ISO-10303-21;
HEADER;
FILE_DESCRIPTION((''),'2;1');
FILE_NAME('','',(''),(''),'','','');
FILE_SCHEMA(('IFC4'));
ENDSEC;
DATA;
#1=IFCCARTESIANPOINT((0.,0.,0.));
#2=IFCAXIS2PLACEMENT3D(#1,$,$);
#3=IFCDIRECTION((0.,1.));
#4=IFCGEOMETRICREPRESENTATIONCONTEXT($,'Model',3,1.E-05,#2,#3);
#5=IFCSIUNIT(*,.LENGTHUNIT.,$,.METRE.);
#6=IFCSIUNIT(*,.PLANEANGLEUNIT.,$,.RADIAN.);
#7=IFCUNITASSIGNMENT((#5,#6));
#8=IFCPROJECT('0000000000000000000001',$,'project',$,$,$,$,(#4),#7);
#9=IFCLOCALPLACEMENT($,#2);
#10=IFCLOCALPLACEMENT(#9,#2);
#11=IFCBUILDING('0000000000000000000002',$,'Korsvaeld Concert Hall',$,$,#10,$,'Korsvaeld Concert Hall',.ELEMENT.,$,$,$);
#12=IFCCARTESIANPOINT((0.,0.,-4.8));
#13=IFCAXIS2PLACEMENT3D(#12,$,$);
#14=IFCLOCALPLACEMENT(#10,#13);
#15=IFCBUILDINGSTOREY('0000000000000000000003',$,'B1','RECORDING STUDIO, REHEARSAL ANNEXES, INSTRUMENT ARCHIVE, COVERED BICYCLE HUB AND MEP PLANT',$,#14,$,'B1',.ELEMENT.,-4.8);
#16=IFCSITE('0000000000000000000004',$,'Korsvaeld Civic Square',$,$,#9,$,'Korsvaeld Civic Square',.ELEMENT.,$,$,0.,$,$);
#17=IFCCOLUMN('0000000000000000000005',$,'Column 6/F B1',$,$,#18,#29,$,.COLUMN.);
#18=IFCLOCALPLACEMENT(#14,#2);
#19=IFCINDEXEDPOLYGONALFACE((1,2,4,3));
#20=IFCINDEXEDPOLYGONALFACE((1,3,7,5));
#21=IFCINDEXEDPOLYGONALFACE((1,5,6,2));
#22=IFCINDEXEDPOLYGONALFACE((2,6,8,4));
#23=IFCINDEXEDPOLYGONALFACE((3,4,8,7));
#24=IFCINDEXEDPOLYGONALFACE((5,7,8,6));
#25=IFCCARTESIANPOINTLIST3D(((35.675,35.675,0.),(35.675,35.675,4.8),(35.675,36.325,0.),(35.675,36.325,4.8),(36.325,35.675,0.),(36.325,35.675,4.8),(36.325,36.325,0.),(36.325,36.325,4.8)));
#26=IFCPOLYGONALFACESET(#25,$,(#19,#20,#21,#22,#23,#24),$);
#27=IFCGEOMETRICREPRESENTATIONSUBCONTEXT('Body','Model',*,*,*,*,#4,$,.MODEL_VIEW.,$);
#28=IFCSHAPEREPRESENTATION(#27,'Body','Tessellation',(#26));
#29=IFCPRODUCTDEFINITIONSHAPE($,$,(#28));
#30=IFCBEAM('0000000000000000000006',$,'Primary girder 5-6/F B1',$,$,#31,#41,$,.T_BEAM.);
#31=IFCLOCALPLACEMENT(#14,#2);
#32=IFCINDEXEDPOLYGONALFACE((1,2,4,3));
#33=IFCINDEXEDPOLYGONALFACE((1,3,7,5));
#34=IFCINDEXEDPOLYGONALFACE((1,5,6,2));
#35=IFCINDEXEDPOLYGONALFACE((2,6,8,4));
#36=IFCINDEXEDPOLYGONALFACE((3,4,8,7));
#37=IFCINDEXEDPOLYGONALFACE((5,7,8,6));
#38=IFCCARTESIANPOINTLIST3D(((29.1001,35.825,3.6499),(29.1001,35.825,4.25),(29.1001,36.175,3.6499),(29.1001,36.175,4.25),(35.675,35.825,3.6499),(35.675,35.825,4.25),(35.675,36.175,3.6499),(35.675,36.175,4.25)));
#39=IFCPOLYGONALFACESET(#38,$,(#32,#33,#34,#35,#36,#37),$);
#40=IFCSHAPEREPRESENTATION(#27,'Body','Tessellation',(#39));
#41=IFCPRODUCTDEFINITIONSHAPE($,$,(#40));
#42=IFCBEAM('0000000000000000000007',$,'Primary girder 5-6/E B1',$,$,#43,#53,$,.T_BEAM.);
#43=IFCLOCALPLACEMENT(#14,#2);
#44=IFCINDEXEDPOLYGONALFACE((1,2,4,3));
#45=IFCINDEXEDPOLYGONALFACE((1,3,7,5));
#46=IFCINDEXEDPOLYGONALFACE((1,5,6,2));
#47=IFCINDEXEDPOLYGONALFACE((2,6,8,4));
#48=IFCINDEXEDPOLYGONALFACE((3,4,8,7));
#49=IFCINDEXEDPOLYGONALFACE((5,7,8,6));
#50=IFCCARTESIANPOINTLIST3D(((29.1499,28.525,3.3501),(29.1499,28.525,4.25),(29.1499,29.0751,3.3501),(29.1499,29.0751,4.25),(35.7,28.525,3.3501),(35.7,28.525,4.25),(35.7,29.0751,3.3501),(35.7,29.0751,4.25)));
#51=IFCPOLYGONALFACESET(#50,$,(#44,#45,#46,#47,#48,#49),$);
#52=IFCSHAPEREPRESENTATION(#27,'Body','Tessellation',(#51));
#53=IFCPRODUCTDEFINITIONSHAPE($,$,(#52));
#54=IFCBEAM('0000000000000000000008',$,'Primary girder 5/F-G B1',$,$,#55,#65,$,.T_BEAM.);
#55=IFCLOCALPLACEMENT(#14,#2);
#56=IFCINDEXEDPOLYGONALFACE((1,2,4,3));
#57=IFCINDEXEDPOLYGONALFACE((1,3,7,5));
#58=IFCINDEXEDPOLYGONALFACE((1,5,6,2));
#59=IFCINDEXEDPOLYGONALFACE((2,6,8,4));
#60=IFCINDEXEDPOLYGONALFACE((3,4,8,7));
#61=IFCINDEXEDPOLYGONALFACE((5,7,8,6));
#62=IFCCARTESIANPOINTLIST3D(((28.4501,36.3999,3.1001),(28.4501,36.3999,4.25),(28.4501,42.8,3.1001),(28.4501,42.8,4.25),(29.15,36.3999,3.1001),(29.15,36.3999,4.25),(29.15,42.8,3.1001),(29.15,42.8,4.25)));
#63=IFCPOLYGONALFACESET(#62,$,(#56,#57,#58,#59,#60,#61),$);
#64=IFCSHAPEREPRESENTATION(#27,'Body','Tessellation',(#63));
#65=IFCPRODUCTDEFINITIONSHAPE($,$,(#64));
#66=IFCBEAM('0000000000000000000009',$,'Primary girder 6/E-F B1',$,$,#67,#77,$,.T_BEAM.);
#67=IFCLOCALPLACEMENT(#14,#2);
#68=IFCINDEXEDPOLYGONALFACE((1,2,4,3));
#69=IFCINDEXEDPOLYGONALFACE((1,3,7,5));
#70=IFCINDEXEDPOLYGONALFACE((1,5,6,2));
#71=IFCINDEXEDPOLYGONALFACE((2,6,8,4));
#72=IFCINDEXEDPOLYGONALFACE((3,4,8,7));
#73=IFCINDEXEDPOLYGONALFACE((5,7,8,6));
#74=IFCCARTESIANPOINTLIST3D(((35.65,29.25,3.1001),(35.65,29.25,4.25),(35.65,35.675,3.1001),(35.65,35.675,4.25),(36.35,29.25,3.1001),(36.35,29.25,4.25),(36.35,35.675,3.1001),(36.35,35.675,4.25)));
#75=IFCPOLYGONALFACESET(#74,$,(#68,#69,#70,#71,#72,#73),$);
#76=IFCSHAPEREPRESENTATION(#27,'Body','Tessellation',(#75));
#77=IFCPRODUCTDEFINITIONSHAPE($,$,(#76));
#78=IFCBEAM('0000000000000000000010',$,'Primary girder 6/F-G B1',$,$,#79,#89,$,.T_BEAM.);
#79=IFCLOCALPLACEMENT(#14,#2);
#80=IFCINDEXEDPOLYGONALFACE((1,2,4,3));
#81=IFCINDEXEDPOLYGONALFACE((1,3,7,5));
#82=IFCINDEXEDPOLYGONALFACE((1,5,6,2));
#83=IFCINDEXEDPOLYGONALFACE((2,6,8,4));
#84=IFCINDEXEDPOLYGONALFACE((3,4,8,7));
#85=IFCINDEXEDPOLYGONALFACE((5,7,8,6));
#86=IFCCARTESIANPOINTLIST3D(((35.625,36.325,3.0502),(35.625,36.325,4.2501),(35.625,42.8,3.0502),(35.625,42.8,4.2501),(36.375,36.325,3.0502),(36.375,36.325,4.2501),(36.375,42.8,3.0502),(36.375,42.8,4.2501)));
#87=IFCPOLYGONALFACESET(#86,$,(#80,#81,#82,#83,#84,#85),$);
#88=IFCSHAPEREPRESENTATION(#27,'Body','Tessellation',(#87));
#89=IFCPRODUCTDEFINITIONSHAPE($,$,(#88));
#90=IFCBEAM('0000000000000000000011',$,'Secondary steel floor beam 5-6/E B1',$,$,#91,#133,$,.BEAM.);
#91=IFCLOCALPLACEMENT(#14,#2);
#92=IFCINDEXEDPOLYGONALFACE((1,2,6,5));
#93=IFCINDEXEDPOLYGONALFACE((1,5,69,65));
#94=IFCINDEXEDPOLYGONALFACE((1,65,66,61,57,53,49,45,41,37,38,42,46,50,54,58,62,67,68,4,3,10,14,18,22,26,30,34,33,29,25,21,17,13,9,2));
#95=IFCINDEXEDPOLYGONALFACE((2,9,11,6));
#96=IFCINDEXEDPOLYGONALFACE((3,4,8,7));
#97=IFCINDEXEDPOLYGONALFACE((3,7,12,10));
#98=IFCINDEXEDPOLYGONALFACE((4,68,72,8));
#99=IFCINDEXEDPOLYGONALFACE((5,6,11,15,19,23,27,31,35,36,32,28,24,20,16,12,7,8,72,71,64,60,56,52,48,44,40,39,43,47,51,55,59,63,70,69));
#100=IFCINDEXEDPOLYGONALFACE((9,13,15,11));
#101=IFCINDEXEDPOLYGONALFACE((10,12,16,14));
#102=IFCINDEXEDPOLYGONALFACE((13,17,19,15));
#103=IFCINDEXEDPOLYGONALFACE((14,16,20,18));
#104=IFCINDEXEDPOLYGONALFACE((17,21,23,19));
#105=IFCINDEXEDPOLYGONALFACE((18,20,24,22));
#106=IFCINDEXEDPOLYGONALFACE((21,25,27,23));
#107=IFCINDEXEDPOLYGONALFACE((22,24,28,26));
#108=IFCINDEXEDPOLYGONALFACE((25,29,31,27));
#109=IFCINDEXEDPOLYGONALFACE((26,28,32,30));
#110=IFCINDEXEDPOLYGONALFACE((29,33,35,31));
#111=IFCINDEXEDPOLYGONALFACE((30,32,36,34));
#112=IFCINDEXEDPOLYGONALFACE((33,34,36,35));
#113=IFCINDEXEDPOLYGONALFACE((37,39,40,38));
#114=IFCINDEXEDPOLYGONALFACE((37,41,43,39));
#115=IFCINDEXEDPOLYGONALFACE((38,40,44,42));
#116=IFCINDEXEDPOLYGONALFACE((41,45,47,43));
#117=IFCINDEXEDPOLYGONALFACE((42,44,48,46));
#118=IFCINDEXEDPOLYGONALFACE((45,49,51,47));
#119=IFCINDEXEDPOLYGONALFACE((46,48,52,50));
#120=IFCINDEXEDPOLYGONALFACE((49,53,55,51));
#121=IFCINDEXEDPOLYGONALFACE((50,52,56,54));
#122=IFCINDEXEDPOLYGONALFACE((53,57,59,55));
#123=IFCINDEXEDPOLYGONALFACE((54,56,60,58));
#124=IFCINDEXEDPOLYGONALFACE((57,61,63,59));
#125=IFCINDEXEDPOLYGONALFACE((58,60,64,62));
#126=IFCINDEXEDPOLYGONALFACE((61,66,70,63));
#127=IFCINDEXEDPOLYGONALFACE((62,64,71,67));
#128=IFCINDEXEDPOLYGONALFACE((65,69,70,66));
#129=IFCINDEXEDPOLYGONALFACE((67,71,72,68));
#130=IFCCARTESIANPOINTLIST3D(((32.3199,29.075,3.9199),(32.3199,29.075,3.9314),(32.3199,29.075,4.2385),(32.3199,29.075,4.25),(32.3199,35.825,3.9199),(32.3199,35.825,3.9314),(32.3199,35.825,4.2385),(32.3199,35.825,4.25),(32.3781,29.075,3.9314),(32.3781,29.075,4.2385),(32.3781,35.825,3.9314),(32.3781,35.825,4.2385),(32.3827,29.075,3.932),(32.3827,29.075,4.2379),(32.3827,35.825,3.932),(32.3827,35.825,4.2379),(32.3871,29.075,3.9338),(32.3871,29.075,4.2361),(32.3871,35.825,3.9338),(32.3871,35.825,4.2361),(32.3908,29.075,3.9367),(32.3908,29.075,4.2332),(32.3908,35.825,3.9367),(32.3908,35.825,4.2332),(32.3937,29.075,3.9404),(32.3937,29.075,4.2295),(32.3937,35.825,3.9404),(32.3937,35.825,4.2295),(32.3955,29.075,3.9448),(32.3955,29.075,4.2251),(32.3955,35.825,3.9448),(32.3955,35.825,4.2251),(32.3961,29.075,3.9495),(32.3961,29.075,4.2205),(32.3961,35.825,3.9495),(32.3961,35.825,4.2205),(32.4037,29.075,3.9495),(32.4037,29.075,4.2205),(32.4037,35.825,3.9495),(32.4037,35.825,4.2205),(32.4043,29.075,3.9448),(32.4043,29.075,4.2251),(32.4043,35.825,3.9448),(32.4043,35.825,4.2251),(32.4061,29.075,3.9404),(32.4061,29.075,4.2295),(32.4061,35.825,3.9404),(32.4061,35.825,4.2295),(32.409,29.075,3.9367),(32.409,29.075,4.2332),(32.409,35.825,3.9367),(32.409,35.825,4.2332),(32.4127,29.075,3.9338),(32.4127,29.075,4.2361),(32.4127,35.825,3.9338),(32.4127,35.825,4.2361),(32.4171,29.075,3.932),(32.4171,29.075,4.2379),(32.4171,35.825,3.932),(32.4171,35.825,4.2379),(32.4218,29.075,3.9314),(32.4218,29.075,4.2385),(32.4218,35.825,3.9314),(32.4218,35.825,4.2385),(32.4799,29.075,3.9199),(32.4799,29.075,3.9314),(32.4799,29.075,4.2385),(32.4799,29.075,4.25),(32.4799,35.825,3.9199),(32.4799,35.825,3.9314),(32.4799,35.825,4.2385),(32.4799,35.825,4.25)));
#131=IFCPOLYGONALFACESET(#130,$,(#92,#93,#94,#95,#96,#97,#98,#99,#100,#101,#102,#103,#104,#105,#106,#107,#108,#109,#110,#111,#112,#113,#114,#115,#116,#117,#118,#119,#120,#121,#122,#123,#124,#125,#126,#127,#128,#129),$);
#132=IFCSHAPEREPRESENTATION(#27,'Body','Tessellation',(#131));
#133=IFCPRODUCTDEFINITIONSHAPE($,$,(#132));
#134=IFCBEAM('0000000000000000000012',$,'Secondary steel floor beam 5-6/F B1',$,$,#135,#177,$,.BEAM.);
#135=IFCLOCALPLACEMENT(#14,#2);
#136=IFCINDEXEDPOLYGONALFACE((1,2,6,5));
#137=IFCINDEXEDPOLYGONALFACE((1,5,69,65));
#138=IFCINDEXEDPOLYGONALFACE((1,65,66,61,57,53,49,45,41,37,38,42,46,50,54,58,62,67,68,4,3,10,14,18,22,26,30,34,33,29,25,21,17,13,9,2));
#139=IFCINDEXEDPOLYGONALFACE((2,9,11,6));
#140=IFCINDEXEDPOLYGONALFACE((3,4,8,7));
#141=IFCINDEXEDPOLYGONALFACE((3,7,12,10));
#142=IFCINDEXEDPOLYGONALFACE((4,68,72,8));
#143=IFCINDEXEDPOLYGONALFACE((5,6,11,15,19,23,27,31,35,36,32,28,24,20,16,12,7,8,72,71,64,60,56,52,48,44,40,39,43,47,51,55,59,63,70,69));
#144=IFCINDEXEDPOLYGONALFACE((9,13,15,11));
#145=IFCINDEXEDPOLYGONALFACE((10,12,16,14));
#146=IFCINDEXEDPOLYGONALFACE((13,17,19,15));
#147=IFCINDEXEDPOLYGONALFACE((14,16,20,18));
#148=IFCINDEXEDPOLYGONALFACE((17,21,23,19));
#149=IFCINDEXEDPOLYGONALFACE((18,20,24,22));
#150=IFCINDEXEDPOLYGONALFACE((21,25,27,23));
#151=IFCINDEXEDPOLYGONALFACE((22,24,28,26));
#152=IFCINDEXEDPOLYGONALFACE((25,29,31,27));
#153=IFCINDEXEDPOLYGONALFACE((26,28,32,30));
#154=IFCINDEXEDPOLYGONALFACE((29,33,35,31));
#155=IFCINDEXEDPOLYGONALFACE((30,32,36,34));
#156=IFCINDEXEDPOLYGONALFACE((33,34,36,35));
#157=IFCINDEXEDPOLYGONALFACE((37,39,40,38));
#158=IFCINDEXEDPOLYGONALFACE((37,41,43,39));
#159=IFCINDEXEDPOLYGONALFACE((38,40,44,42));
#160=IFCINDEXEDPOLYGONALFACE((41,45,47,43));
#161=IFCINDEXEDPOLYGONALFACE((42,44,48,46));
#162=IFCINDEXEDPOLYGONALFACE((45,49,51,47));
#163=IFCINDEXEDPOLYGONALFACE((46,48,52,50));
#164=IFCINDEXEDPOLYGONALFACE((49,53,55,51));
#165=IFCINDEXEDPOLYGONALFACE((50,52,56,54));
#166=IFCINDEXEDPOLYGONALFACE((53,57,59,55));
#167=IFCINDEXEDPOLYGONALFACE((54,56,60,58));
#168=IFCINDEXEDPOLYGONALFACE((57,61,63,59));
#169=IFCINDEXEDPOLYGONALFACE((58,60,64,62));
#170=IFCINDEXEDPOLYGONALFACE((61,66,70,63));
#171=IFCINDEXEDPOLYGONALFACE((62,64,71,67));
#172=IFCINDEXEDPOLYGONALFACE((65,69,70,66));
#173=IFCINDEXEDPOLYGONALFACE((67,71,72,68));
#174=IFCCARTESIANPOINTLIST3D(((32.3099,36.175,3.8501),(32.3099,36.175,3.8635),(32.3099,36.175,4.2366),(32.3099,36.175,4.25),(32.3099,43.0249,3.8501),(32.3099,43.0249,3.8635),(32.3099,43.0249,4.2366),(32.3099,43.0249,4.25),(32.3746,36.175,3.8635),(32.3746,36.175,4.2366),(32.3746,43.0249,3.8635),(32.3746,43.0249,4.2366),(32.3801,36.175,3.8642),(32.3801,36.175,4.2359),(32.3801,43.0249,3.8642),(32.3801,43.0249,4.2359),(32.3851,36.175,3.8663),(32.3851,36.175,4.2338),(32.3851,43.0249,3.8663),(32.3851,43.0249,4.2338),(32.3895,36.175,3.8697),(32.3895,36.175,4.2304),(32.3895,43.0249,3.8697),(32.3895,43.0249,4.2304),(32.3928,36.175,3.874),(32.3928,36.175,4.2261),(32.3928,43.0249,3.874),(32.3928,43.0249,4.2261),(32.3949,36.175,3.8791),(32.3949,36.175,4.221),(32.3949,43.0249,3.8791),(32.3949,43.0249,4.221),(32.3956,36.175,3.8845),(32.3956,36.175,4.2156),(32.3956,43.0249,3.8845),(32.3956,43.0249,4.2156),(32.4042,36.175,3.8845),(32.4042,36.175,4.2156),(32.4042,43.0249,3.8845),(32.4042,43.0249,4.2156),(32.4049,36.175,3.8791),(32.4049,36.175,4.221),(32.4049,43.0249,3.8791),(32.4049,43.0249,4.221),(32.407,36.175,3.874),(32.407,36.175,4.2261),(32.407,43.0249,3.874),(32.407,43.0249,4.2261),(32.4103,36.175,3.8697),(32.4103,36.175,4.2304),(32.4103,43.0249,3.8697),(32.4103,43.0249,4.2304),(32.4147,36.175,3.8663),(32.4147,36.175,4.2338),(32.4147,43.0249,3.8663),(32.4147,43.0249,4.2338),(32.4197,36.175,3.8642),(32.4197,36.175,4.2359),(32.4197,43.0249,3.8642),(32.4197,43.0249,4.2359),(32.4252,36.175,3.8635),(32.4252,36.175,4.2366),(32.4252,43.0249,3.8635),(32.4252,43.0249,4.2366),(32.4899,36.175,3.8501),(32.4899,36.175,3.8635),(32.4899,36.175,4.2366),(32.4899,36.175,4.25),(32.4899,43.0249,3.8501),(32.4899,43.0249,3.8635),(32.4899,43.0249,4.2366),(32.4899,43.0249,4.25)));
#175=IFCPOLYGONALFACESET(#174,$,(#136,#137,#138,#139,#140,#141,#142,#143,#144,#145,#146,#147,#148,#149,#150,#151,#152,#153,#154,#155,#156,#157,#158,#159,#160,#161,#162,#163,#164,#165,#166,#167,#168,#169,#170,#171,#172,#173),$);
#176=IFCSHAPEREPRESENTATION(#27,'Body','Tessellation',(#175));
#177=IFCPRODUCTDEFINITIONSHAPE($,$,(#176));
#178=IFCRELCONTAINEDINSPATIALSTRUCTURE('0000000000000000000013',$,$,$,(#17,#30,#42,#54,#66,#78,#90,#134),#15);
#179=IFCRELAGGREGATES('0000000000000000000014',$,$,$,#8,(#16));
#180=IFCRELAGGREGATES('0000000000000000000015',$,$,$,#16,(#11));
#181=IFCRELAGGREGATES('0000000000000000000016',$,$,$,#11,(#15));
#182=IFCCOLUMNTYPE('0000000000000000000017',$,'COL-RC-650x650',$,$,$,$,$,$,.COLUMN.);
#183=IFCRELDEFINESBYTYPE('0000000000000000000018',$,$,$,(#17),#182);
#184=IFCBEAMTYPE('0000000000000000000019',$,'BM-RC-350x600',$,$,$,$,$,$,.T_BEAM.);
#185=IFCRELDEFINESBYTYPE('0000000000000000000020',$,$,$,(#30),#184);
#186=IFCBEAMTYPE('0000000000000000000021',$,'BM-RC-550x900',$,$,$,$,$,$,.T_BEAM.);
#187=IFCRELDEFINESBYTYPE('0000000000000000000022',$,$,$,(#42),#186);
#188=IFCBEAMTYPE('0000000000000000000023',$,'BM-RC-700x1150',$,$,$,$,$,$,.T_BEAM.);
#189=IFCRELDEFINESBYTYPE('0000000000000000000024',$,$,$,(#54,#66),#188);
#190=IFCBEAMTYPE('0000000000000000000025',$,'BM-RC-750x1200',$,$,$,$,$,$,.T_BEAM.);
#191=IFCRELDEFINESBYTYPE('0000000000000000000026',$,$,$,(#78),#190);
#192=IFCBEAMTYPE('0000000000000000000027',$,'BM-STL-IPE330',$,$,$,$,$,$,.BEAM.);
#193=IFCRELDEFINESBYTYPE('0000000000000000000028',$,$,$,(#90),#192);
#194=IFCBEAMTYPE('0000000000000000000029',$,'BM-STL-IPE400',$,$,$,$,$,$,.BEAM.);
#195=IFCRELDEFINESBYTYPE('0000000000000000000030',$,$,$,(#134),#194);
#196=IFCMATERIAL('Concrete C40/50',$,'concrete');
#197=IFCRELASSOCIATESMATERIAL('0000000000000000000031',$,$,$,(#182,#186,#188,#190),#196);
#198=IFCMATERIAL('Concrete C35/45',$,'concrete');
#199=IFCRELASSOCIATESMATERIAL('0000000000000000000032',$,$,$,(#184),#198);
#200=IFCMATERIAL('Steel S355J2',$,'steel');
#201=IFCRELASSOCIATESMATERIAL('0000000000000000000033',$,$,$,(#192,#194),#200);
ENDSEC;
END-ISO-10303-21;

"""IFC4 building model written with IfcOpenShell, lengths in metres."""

from ifc_helpers import new_model, si_unit, direction, frame, origin, origin_2d, place, context, subcontext, project, spatial, rectangle, i_section, extrude, material, material_profile, profile_set, type_object, element, save


model = new_model("IFC4")

# Units and contexts
model_context = context("Model", 3, precision=1e-05, world=origin(), true_north=direction((0.0, 1.0)))
body_context = subcontext(model_context, "Body", "Model", "MODEL_VIEW")
ifc_project = project(units=[si_unit("LENGTHUNIT", "METRE"), si_unit("PLANEANGLEUNIT", "RADIAN")], contexts=[model_context])

# Site, building, storey
site_placement = place(None, origin())
site = spatial("IfcSite", under=ifc_project, at=site_placement, Name="Korsvaeld Civic Square", LongName="Korsvaeld Civic Square", CompositionType="ELEMENT", RefElevation=0.0)
building_placement = place(site_placement, origin())
building = spatial("IfcBuilding", under=site, at=building_placement, Name="Korsvaeld Concert Hall", LongName="Korsvaeld Concert Hall", CompositionType="ELEMENT")
storey_placement = place(building_placement, frame((0.0, 0.0, -4.8)))
storey = spatial("IfcBuildingStorey", under=building, at=storey_placement, Name="B1", Description="RECORDING STUDIO, REHEARSAL ANNEXES, INSTRUMENT ARCHIVE, COVERED BICYCLE HUB AND MEP PLANT", LongName="B1", CompositionType="ELEMENT", Elevation=-4.8)

# Shared definitions
ifc_material_1 = material(Name="Concrete C35/45", Category="concrete")

# Column
ifc_material_2 = material(Name="Concrete C40/50", Category="concrete")
ifc_material_profile_1 = material_profile(ifc_material_2, rectangle(XDim=0.6499, YDim=0.6499, at=origin_2d()), Name="RC 650x650")
ifc_profile_set_1 = profile_set([ifc_material_profile_1], Name="Concrete C40/50")
column_type_1 = type_object("IfcColumnType", Name="COL-RC-650x650", PredefinedType="COLUMN", material=ifc_profile_set_1)
column_1_placement = place(storey_placement, frame((36.0, 36.0, 0.0), z_axis=(0.0, 0.0, 1.0), x_axis=(1.0, 0.0, 0.0)))
element("IfcColumn", 1, at=column_1_placement, inside=storey, type_object=column_type_1, Name="Column 6/F B1", PredefinedType="COLUMN", context=body_context, shape_type="SweptSolid", body=[
    extrude(rectangle(XDim=0.6499, YDim=0.6499, at=origin_2d()), origin(), (0.0, 0.0, 1.0), 4.8),
])

# Beams
ifc_material_profile_2 = material_profile(ifc_material_1, rectangle(XDim=0.3501, YDim=0.6001, at=origin_2d()), Name="RC 350x600")
ifc_profile_set_2 = profile_set([ifc_material_profile_2], Name="Concrete C35/45")
beam_type_1 = type_object("IfcBeamType", Name="BM-RC-350x600", PredefinedType="T_BEAM", material=ifc_profile_set_2)
beam_1_placement = place(storey_placement, frame((29.1001, 36.0, 3.95), z_axis=(1.0, 0.0, 0.0), x_axis=(0.0, 1.0, 0.0)))
element("IfcBeam", 2, at=beam_1_placement, inside=storey, type_object=beam_type_1, Name="Primary girder 5-6/F B1", PredefinedType="T_BEAM", context=body_context, shape_type="SweptSolid", body=[
    extrude(rectangle(XDim=0.3501, YDim=0.6001, at=origin_2d()), origin(), (0.0, 0.0, 1.0), 6.575),
])
ifc_material_profile_3 = material_profile(ifc_material_2, rectangle(XDim=0.55, YDim=0.8999, at=origin_2d()), Name="RC 550x900")
ifc_profile_set_3 = profile_set([ifc_material_profile_3], Name="Concrete C40/50")
beam_type_2 = type_object("IfcBeamType", Name="BM-RC-550x900", PredefinedType="T_BEAM", material=ifc_profile_set_3)
beam_2_placement = place(storey_placement, frame((29.1499, 28.8, 3.8), z_axis=(1.0, 0.0, 0.0), x_axis=(0.0, 1.0, 0.0)))
element("IfcBeam", 3, at=beam_2_placement, inside=storey, type_object=beam_type_2, Name="Primary girder 5-6/E B1", PredefinedType="T_BEAM", context=body_context, shape_type="SweptSolid", body=[
    extrude(rectangle(XDim=0.55, YDim=0.8999, at=origin_2d()), origin(), (0.0, 0.0, 1.0), 6.55),
])
ifc_material_profile_4 = material_profile(ifc_material_2, rectangle(XDim=0.7, YDim=1.1499, at=origin_2d()), Name="RC 700x1150")
ifc_profile_set_4 = profile_set([ifc_material_profile_4], Name="Concrete C40/50")
beam_type_3 = type_object("IfcBeamType", Name="BM-RC-700x1150", PredefinedType="T_BEAM", material=ifc_profile_set_4)
beam_3_placement = place(storey_placement, frame((28.8, 36.3999, 3.675), z_axis=(0.0, 1.0, 0.0), x_axis=(-1.0, 0.0, 0.0)))
element("IfcBeam", 4, at=beam_3_placement, inside=storey, type_object=beam_type_3, Name="Primary girder 5/F-G B1", PredefinedType="T_BEAM", context=body_context, shape_type="SweptSolid", body=[
    extrude(rectangle(XDim=0.7, YDim=1.1499, at=origin_2d()), origin(), (0.0, 0.0, 1.0), 6.4001),
])
beam_4_placement = place(storey_placement, frame((36.0, 29.25, 3.675), z_axis=(0.0, 1.0, 0.0), x_axis=(-1.0, 0.0, 0.0)))
element("IfcBeam", 5, at=beam_4_placement, inside=storey, type_object=beam_type_3, Name="Primary girder 6/E-F B1", PredefinedType="T_BEAM", context=body_context, shape_type="SweptSolid", body=[
    extrude(rectangle(XDim=0.7, YDim=1.1499, at=origin_2d()), origin(), (0.0, 0.0, 1.0), 6.425),
])
ifc_material_profile_5 = material_profile(ifc_material_2, rectangle(XDim=0.75, YDim=1.2, at=origin_2d()), Name="RC 750x1200")
ifc_profile_set_5 = profile_set([ifc_material_profile_5], Name="Concrete C40/50")
beam_type_4 = type_object("IfcBeamType", Name="BM-RC-750x1200", PredefinedType="T_BEAM", material=ifc_profile_set_5)
beam_5_placement = place(storey_placement, frame((36.0, 36.325, 3.6501), z_axis=(0.0, 1.0, 0.0), x_axis=(-1.0, 0.0, 0.0)))
element("IfcBeam", 6, at=beam_5_placement, inside=storey, type_object=beam_type_4, Name="Primary girder 6/F-G B1", PredefinedType="T_BEAM", context=body_context, shape_type="SweptSolid", body=[
    extrude(rectangle(XDim=0.75, YDim=1.2, at=origin_2d()), origin(), (0.0, 0.0, 1.0), 6.4751),
])
ifc_material_3 = material(Name="Steel S355J2", Category="steel")
ifc_material_profile_6 = material_profile(ifc_material_3, i_section(OverallWidth=0.1599, OverallDepth=0.3301, WebThickness=0.0076, FlangeThickness=0.0115, FilletRadius=0.0181, at=origin_2d()), Name="IPE 330")
ifc_profile_set_6 = profile_set([ifc_material_profile_6], Name="Steel S355J2")
beam_type_5 = type_object("IfcBeamType", Name="BM-STL-IPE330", PredefinedType="BEAM", material=ifc_profile_set_6)
beam_6_placement = place(storey_placement, frame((32.3999, 29.075, 4.085), z_axis=(0.0, 1.0, 0.0), x_axis=(-1.0, 0.0, 0.0)))
element("IfcBeam", 7, at=beam_6_placement, inside=storey, type_object=beam_type_5, Name="Secondary steel floor beam 5-6/E B1", PredefinedType="BEAM", context=body_context, shape_type="SweptSolid", body=[
    extrude(i_section(OverallWidth=0.1599, OverallDepth=0.3301, WebThickness=0.0076, FlangeThickness=0.0115, FilletRadius=0.0181, at=origin_2d()), origin(), (0.0, 0.0, 1.0), 6.75),
])
ifc_material_profile_7 = material_profile(ifc_material_3, i_section(OverallWidth=0.1799, OverallDepth=0.3999, WebThickness=0.0085, FlangeThickness=0.0134, FilletRadius=0.021, at=origin_2d()), Name="IPE 400")
ifc_profile_set_7 = profile_set([ifc_material_profile_7], Name="Steel S355J2")
beam_type_6 = type_object("IfcBeamType", Name="BM-STL-IPE400", PredefinedType="BEAM", material=ifc_profile_set_7)
beam_7_placement = place(storey_placement, frame((32.3999, 36.175, 4.05), z_axis=(0.0, 1.0, 0.0), x_axis=(-1.0, 0.0, 0.0)))
element("IfcBeam", 8, at=beam_7_placement, inside=storey, type_object=beam_type_6, Name="Secondary steel floor beam 5-6/F B1", PredefinedType="BEAM", context=body_context, shape_type="SweptSolid", body=[
    extrude(i_section(OverallWidth=0.1799, OverallDepth=0.3999, WebThickness=0.0085, FlangeThickness=0.0134, FilletRadius=0.021, at=origin_2d()), origin(), (0.0, 0.0, 1.0), 6.8499),
])

save(model, "model.ifc")
